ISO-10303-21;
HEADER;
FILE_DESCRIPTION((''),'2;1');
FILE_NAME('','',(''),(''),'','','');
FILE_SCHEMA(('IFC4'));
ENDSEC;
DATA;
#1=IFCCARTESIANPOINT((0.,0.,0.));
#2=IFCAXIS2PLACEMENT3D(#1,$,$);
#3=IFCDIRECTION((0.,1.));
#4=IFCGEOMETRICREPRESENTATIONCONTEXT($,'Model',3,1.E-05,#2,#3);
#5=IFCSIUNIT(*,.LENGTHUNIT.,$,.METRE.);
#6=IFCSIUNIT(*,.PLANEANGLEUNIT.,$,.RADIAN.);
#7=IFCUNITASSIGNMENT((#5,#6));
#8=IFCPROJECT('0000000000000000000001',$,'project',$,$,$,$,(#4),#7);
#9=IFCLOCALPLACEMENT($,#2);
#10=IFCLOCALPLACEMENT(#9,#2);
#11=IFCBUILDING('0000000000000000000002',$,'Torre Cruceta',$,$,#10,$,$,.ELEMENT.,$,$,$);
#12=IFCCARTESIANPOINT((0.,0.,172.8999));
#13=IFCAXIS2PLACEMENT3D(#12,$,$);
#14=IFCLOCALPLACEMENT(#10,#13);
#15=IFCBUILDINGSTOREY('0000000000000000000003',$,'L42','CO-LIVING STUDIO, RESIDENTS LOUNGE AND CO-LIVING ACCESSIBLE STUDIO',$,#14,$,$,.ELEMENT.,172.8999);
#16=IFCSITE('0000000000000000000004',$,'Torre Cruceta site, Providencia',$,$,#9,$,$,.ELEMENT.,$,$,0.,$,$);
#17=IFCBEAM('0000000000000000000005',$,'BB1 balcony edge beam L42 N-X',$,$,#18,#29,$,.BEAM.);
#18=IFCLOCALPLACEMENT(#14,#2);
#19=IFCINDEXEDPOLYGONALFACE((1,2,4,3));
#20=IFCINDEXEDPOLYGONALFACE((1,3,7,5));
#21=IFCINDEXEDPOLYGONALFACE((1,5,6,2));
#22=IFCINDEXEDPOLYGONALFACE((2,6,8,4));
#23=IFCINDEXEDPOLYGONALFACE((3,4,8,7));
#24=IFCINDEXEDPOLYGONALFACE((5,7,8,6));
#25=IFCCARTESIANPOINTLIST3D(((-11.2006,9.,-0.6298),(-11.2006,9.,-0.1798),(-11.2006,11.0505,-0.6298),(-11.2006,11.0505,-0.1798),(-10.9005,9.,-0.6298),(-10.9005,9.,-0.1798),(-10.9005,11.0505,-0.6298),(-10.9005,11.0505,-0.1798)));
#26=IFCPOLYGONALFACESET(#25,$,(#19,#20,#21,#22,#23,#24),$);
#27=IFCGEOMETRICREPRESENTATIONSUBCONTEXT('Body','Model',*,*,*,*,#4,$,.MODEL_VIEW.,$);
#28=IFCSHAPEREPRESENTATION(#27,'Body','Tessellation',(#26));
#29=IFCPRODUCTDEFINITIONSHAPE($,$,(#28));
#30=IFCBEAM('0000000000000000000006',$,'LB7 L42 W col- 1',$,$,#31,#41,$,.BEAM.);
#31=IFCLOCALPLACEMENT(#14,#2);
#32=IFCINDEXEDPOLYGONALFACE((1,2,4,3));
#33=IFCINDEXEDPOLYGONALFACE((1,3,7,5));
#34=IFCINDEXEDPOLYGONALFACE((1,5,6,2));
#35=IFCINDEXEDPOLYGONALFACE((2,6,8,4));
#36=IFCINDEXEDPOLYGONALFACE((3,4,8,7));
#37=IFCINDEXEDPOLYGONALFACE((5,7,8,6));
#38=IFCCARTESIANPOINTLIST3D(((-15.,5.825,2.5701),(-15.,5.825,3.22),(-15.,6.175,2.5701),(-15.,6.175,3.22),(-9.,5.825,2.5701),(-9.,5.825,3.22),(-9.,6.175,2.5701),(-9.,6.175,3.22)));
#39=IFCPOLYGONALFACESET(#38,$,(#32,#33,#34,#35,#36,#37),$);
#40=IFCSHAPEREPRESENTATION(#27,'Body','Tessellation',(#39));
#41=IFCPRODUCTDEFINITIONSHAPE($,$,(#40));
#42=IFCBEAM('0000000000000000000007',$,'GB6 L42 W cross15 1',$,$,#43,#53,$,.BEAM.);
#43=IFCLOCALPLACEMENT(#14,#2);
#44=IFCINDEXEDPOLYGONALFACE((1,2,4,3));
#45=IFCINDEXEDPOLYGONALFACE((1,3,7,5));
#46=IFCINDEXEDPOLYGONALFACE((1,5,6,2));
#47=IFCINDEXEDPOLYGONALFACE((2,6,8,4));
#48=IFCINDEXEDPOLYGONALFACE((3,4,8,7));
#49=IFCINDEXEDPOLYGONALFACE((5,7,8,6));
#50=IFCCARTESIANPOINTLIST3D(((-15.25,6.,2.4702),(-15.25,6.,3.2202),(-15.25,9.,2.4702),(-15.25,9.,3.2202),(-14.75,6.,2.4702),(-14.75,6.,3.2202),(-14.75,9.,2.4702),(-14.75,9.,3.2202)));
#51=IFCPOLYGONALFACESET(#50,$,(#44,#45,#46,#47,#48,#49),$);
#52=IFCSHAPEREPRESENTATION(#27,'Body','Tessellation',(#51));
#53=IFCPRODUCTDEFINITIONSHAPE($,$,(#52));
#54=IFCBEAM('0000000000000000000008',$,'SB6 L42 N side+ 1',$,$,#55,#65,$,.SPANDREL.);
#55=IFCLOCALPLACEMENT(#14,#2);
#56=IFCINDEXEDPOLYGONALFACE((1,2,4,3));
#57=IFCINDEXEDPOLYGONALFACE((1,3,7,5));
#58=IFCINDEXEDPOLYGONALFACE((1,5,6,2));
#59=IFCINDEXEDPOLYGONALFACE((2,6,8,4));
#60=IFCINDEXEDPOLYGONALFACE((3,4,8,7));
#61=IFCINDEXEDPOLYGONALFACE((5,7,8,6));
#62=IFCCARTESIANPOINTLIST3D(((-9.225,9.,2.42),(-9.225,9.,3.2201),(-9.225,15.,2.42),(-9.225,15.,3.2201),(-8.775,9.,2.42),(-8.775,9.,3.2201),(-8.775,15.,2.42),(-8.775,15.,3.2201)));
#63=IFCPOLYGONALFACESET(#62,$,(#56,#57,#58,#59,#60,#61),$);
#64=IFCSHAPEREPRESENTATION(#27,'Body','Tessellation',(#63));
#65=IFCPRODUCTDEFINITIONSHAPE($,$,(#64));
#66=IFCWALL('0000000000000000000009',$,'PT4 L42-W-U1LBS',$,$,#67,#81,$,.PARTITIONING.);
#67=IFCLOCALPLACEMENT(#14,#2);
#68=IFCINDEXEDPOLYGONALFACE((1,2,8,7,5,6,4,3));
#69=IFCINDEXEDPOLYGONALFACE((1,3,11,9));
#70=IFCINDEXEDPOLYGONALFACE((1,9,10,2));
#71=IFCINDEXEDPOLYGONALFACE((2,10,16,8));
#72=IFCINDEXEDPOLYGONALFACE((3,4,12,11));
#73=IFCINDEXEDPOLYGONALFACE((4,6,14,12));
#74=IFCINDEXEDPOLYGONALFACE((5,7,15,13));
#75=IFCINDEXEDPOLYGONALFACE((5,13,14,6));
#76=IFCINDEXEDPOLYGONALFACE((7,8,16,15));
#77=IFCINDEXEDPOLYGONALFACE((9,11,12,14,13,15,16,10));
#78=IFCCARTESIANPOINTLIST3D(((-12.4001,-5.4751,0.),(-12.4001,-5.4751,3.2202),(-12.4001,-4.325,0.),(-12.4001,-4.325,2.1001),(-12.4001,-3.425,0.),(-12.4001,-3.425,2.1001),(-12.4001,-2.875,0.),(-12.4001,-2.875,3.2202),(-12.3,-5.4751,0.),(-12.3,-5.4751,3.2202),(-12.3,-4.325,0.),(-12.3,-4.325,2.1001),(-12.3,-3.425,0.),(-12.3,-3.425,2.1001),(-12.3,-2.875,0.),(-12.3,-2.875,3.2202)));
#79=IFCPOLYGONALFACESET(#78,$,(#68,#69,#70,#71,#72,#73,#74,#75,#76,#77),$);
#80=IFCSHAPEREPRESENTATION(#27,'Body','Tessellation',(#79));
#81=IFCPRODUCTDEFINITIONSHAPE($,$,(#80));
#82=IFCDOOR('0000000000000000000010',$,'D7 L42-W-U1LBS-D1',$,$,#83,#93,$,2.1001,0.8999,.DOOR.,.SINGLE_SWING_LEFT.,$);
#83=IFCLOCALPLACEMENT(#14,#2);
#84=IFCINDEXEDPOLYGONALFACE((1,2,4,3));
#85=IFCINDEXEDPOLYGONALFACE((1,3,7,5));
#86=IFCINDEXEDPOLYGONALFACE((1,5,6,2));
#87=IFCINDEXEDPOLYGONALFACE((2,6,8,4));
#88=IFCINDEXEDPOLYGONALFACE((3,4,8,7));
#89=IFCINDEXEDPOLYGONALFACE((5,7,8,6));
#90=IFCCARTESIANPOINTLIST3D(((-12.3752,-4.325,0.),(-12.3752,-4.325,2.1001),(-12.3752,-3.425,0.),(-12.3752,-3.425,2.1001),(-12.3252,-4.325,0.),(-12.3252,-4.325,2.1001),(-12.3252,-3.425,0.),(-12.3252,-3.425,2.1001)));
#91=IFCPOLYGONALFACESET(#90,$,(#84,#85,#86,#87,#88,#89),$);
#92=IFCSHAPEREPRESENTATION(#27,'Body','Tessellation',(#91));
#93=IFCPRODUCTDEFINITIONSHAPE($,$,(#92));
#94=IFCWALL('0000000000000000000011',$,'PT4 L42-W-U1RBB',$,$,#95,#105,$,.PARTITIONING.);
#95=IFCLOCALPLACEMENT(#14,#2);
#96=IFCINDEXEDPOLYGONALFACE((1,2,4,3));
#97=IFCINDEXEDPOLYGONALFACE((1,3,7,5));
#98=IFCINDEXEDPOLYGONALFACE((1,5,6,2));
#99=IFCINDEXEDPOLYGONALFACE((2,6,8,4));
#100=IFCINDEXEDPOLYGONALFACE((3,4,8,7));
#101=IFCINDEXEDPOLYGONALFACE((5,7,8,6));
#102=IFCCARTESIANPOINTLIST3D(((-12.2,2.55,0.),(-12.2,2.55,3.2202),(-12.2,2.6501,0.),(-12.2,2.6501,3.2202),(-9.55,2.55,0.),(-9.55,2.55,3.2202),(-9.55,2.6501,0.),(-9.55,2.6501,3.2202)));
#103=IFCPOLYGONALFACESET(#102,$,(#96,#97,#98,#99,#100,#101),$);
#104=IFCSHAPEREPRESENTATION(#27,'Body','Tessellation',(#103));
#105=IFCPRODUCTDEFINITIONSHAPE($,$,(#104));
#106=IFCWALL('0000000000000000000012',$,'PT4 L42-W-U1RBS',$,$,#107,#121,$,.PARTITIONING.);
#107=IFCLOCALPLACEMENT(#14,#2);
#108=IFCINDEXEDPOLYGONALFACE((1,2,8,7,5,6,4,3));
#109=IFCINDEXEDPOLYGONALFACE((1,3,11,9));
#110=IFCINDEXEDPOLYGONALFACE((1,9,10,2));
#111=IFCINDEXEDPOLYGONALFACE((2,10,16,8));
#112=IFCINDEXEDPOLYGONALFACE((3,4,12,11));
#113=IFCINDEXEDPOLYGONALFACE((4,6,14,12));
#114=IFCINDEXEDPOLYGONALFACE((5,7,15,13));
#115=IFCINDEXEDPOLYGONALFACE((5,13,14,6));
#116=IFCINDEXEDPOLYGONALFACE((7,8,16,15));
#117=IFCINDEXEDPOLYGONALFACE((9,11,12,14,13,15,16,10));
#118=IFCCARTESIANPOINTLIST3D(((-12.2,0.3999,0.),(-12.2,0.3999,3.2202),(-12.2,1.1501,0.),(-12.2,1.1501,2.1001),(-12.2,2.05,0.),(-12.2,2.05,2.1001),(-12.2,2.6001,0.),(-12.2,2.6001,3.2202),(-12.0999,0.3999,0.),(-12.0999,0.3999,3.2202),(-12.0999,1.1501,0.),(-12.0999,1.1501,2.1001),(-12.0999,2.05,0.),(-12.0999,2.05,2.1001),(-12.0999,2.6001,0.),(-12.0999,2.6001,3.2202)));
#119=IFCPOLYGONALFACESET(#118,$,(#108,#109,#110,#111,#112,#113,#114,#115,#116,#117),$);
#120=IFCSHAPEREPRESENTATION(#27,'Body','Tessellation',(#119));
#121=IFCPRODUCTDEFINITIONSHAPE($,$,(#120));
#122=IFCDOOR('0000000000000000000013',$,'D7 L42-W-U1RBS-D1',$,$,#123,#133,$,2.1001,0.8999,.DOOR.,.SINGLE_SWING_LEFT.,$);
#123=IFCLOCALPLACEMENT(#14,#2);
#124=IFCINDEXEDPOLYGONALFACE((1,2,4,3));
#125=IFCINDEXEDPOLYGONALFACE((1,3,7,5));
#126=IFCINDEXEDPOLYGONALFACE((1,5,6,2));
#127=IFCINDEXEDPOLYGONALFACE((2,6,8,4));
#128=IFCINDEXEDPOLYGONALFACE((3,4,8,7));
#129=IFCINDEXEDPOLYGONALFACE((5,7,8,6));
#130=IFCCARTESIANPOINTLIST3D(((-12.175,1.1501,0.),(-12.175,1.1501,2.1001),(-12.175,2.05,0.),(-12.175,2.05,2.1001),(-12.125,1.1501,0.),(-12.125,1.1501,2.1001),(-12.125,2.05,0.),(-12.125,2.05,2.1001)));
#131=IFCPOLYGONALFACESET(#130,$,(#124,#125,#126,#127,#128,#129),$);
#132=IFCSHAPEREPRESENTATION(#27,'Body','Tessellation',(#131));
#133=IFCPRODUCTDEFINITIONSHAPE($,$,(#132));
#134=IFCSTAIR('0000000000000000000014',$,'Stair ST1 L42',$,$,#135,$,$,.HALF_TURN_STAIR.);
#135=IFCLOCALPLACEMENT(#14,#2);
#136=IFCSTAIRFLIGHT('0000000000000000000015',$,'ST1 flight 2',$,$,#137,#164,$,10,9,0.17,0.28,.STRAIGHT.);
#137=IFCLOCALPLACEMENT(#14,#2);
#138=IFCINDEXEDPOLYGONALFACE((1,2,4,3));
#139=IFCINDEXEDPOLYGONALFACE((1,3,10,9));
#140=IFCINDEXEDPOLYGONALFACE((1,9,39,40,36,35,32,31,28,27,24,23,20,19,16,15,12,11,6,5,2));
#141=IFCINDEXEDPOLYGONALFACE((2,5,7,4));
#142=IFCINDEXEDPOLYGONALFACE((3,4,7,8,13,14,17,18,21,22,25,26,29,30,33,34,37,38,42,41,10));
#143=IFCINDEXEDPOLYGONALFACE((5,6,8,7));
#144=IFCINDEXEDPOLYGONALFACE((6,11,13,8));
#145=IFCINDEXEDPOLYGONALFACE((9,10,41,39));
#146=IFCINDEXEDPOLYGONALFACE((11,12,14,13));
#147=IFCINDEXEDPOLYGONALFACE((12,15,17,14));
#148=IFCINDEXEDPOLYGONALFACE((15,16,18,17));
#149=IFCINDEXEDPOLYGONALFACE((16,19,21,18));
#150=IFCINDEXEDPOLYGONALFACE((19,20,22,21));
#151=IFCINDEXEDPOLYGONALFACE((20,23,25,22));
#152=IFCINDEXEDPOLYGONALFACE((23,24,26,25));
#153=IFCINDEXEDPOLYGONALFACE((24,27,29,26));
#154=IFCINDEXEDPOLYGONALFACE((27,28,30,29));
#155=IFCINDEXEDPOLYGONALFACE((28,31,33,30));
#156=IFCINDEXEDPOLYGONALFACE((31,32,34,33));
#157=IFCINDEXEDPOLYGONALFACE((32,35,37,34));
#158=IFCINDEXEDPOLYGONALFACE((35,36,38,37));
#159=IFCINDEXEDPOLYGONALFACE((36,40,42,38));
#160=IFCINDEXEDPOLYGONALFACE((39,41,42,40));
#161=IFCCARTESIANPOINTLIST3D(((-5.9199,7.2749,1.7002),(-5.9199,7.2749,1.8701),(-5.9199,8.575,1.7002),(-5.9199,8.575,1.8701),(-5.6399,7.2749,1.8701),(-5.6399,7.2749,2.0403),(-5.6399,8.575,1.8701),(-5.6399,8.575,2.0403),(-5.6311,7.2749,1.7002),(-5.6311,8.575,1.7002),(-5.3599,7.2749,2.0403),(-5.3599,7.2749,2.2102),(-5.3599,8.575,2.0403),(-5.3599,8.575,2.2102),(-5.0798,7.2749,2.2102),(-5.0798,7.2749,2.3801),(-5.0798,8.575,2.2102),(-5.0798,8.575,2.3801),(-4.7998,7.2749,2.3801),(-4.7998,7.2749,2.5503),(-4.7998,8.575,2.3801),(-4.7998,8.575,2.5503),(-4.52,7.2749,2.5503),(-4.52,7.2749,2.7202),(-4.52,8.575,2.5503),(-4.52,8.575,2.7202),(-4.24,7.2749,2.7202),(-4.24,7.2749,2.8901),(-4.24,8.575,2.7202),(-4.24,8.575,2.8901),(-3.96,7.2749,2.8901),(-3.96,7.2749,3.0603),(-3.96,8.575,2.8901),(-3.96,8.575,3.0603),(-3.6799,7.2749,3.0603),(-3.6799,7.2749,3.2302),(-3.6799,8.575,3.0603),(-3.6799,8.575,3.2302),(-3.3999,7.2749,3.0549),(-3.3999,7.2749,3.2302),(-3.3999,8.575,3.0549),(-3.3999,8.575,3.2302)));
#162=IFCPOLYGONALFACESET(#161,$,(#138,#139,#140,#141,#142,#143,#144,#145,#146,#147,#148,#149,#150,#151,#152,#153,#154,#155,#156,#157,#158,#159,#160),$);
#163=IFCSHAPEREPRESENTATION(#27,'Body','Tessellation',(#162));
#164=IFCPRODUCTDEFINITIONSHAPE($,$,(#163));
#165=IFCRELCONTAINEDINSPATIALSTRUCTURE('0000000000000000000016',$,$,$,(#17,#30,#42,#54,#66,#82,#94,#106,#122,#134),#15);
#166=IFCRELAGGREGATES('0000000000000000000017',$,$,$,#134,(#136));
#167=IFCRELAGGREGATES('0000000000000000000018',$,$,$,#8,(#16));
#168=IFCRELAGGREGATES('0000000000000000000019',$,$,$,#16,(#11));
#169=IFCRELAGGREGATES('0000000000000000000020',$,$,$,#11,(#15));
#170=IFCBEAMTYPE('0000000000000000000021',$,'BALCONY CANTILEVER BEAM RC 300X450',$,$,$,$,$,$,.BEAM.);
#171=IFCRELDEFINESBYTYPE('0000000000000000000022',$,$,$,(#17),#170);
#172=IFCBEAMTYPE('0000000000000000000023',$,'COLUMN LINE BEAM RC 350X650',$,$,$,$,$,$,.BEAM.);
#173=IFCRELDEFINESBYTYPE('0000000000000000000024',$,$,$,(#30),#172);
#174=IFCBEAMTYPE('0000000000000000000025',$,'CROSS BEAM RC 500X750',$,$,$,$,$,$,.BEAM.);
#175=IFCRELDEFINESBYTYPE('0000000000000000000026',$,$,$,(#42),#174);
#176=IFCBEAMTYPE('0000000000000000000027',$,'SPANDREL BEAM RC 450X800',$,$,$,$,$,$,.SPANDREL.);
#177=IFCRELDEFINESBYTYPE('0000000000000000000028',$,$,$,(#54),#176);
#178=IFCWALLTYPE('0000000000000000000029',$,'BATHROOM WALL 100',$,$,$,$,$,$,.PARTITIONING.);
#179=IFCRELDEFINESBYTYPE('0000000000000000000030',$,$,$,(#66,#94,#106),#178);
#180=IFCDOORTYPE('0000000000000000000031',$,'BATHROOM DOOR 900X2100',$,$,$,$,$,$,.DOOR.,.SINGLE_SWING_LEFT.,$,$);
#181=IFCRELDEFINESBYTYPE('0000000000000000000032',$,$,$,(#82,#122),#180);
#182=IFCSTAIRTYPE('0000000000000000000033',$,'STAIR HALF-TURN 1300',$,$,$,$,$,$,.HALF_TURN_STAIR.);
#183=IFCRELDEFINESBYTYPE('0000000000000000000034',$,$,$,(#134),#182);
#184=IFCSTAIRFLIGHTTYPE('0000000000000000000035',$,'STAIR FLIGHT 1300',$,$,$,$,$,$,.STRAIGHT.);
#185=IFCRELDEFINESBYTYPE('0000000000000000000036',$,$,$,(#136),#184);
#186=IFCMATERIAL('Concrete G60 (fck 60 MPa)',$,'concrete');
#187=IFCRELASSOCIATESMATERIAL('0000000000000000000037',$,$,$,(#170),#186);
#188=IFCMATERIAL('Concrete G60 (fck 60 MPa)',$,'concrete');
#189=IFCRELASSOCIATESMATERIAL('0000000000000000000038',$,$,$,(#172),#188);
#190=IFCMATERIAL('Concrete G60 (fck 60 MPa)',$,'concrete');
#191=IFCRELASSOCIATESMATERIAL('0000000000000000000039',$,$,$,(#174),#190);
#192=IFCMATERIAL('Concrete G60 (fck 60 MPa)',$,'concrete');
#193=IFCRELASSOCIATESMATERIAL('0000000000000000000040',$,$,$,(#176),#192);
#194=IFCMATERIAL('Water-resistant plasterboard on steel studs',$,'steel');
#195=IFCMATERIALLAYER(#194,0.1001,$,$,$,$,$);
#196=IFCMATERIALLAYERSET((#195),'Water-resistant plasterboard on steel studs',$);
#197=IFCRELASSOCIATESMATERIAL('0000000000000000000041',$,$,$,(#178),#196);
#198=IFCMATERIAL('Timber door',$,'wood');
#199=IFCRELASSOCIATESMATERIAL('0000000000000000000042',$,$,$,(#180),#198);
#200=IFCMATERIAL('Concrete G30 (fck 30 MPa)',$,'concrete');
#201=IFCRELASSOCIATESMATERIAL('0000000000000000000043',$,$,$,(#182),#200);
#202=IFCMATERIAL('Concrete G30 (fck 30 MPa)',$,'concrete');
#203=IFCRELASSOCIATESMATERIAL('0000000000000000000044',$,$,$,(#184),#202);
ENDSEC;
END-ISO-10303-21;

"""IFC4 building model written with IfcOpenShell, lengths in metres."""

from ifc_helpers import new_model, si_unit, direction, frame, frame_2d, origin, origin_2d, place, context, subcontext, project, spatial, polyline, rectangle, outline, extrude, material, layer, layer_set, material_profile, profile_set, type_object, element, fill, aggregate, save


model = new_model("IFC4")

# Units and contexts
model_context = context("Model", 3, precision=1e-05, world=origin(), true_north=direction((0.0, 1.0)))
body_context = subcontext(model_context, "Body", "Model", "MODEL_VIEW")
ifc_project = project(units=[si_unit("LENGTHUNIT", "METRE"), si_unit("PLANEANGLEUNIT", "RADIAN")], contexts=[model_context])

# Site, building, storey
site_placement = place(None, origin())
site = spatial("IfcSite", under=ifc_project, at=site_placement, Name="Torre Cruceta site, Providencia", CompositionType="ELEMENT", RefElevation=0.0)
building_placement = place(site_placement, origin())
building = spatial("IfcBuilding", under=site, at=building_placement, Name="Torre Cruceta", CompositionType="ELEMENT")
storey_placement = place(building_placement, frame((0.0, 0.0, 172.8999)))
storey = spatial("IfcBuildingStorey", under=building, at=storey_placement, Name="L42", Description="CO-LIVING STUDIO, RESIDENTS LOUNGE AND CO-LIVING ACCESSIBLE STUDIO", CompositionType="ELEMENT", Elevation=172.8999)

# Beams
ifc_material_1 = material(Name="Concrete G60 (fck 60 MPa)", Category="concrete")
ifc_material_profile_1 = material_profile(ifc_material_1, rectangle(XDim=0.3, YDim=0.45, at=origin_2d()), Name="RC 300X450")
ifc_profile_set_1 = profile_set([ifc_material_profile_1], Name="Concrete G60 (fck 60 MPa)")
beam_type_1 = type_object("IfcBeamType", Name="BALCONY CANTILEVER BEAM RC 300X450", PredefinedType="BEAM", material=ifc_profile_set_1)
beam_1_placement = place(storey_placement, frame((-11.0505, 9.0, -0.4048), z_axis=(0.0, 1.0, 0.0), x_axis=(-1.0, 0.0, 0.0)))
element("IfcBeam", 1, at=beam_1_placement, inside=storey, type_object=beam_type_1, Name="BB1 balcony edge beam L42 N-X", PredefinedType="BEAM", context=body_context, shape_type="SweptSolid", body=[
    extrude(rectangle(XDim=0.3, YDim=0.45, at=origin_2d()), origin(), (0.0, 0.0, 1.0), 2.0505),
])
ifc_material_2 = material(Name="Concrete G60 (fck 60 MPa)", Category="concrete")
ifc_material_profile_2 = material_profile(ifc_material_2, rectangle(XDim=0.3501, YDim=0.6499, at=origin_2d()), Name="RC 350X650")
ifc_profile_set_2 = profile_set([ifc_material_profile_2], Name="Concrete G60 (fck 60 MPa)")
beam_type_2 = type_object("IfcBeamType", Name="COLUMN LINE BEAM RC 350X650", PredefinedType="BEAM", material=ifc_profile_set_2)
beam_2_placement = place(storey_placement, frame((-9.0, 6.0, 2.895), z_axis=(-1.0, 0.0, 0.0), x_axis=(0.0, -1.0, 0.0)))
element("IfcBeam", 2, at=beam_2_placement, inside=storey, type_object=beam_type_2, Name="LB7 L42 W col- 1", PredefinedType="BEAM", context=body_context, shape_type="SweptSolid", body=[
    extrude(rectangle(XDim=0.3501, YDim=0.6499, at=origin_2d()), origin(), (0.0, 0.0, 1.0), 6.0),
])
ifc_material_3 = material(Name="Concrete G60 (fck 60 MPa)", Category="concrete")
ifc_material_profile_3 = material_profile(ifc_material_3, rectangle(XDim=0.5, YDim=0.75, at=origin_2d()), Name="RC 500X750")
ifc_profile_set_3 = profile_set([ifc_material_profile_3], Name="Concrete G60 (fck 60 MPa)")
beam_type_3 = type_object("IfcBeamType", Name="CROSS BEAM RC 500X750", PredefinedType="BEAM", material=ifc_profile_set_3)
beam_3_placement = place(storey_placement, frame((-15.0, 9.0, 2.8452), z_axis=(0.0, -1.0, 0.0), x_axis=(1.0, 0.0, 0.0)))
element("IfcBeam", 3, at=beam_3_placement, inside=storey, type_object=beam_type_3, Name="GB6 L42 W cross15 1", PredefinedType="BEAM", context=body_context, shape_type="SweptSolid", body=[
    extrude(rectangle(XDim=0.5, YDim=0.75, at=origin_2d()), origin(), (0.0, 0.0, 1.0), 3.0),
])
ifc_material_4 = material(Name="Concrete G60 (fck 60 MPa)", Category="concrete")
ifc_material_profile_4 = material_profile(ifc_material_4, rectangle(XDim=0.45, YDim=0.8, at=origin_2d()), Name="RC 450X800")
ifc_profile_set_4 = profile_set([ifc_material_profile_4], Name="Concrete G60 (fck 60 MPa)")
beam_type_4 = type_object("IfcBeamType", Name="SPANDREL BEAM RC 450X800", PredefinedType="SPANDREL", material=ifc_profile_set_4)
beam_4_placement = place(storey_placement, frame((-9.0, 9.0, 2.8201), z_axis=(0.0, 1.0, 0.0), x_axis=(-1.0, 0.0, 0.0)))
element("IfcBeam", 4, at=beam_4_placement, inside=storey, type_object=beam_type_4, Name="SB6 L42 N side+ 1", PredefinedType="SPANDREL", context=body_context, shape_type="SweptSolid", body=[
    extrude(rectangle(XDim=0.45, YDim=0.8, at=origin_2d()), origin(), (0.0, 0.0, 1.0), 6.0),
])

# Wall, opening, door
ifc_material_5 = material(Name="Water-resistant plasterboard on steel studs", Category="steel")
ifc_layer_1 = layer(ifc_material_5, 0.1001)
ifc_layer_set_1 = layer_set([ifc_layer_1], Name="Water-resistant plasterboard on steel studs")
wall_type_1 = type_object("IfcWallType", Name="BATHROOM WALL 100", PredefinedType="PARTITIONING", material=ifc_layer_set_1)
wall_1_placement = place(storey_placement, frame((-12.3501, -2.875, 0.0), z_axis=(0.0, 0.0, 1.0), x_axis=(0.0, -1.0, 0.0)))
wall_1 = element("IfcWall", 5, at=wall_1_placement, inside=storey, type_object=wall_type_1, Name="PT4 L42-W-U1LBS", PredefinedType="PARTITIONING", context=body_context, shape_type="SweptSolid", body=[
    extrude(rectangle(XDim=2.6001, YDim=0.1001, at=frame_2d((1.3, 0.0))), origin(), (0.0, 0.0, 1.0), 3.2202),
])
opening_1_placement = place(wall_1_placement, frame((0.55, 0.0, 0.0)))
opening_1 = element("IfcOpeningElement", 6, at=opening_1_placement, cuts=wall_1, PredefinedType="OPENING", context=body_context, shape_type="SweptSolid", body=[
    extrude(rectangle(XDim=0.8999, YDim=2.1001, at=frame_2d((0.45, 1.05))), frame((0.0, 0.0601, 0.0), z_axis=(0.0, -1.0, 0.0), x_axis=(1.0, 0.0, 0.0)), (0.0, 0.0, 1.0), 0.1201),
])
ifc_material_6 = material(Name="Timber door", Category="wood")
door_type_1 = type_object("IfcDoorType", Name="BATHROOM DOOR 900X2100", OperationType="SINGLE_SWING_LEFT", PredefinedType="DOOR", material=ifc_material_6)
door_1_placement = place(opening_1_placement, origin())
door_1 = element("IfcDoor", 7, at=door_1_placement, inside=storey, type_object=door_type_1, Name="D7 L42-W-U1LBS-D1", OperationType="SINGLE_SWING_LEFT", OverallHeight=2.1001, OverallWidth=0.8999, PredefinedType="DOOR", context=body_context, shape_type="SweptSolid", body=[
    extrude(rectangle(XDim=0.8999, YDim=2.1001, at=frame_2d((0.45, 1.05))), frame((0.0, 0.0249, 0.0), z_axis=(0.0, -1.0, 0.0), x_axis=(1.0, 0.0, 0.0)), (0.0, 0.0, 1.0), 0.05),
])
fill(opening_1, door_1)

# Wall
wall_2_placement = place(storey_placement, frame((-9.55, 2.6001, 0.0), z_axis=(0.0, 0.0, 1.0), x_axis=(-1.0, 0.0, 0.0)))
element("IfcWall", 8, at=wall_2_placement, inside=storey, type_object=wall_type_1, Name="PT4 L42-W-U1RBB", PredefinedType="PARTITIONING", context=body_context, shape_type="SweptSolid", body=[
    extrude(rectangle(XDim=2.6499, YDim=0.1001, at=frame_2d((1.325, 0.0))), origin(), (0.0, 0.0, 1.0), 3.2202),
])

# Wall, opening, door
wall_3_placement = place(storey_placement, frame((-12.1499, 2.6001, 0.0), z_axis=(0.0, 0.0, 1.0), x_axis=(0.0, -1.0, 0.0)))
wall_3 = element("IfcWall", 9, at=wall_3_placement, inside=storey, type_object=wall_type_1, Name="PT4 L42-W-U1RBS", PredefinedType="PARTITIONING", context=body_context, shape_type="SweptSolid", body=[
    extrude(rectangle(XDim=2.2002, YDim=0.1001, at=frame_2d((1.1001, 0.0))), origin(), (0.0, 0.0, 1.0), 3.2202),
])
opening_2_placement = place(wall_3_placement, frame((0.55, 0.0, 0.0)))
opening_2 = element("IfcOpeningElement", 10, at=opening_2_placement, cuts=wall_3, PredefinedType="OPENING", context=body_context, shape_type="SweptSolid", body=[
    extrude(rectangle(XDim=0.8999, YDim=2.1001, at=frame_2d((0.45, 1.05))), frame((0.0, 0.0601, 0.0), z_axis=(0.0, -1.0, 0.0), x_axis=(1.0, 0.0, 0.0)), (0.0, 0.0, 1.0), 0.1201),
])
door_2_placement = place(opening_2_placement, origin())
door_2 = element("IfcDoor", 11, at=door_2_placement, inside=storey, type_object=door_type_1, Name="D7 L42-W-U1RBS-D1", OperationType="SINGLE_SWING_LEFT", OverallHeight=2.1001, OverallWidth=0.8999, PredefinedType="DOOR", context=body_context, shape_type="SweptSolid", body=[
    extrude(rectangle(XDim=0.8999, YDim=2.1001, at=frame_2d((0.45, 1.05))), frame((0.0, 0.0249, 0.0), z_axis=(0.0, -1.0, 0.0), x_axis=(1.0, 0.0, 0.0)), (0.0, 0.0, 1.0), 0.05),
])
fill(opening_2, door_2)

# Stair, stair flight
ifc_material_7 = material(Name="Concrete G30 (fck 30 MPa)", Category="concrete")
stair_type = type_object("IfcStairType", Name="STAIR HALF-TURN 1300", PredefinedType="HALF_TURN_STAIR", material=ifc_material_7)
stair_placement = place(storey_placement, origin())
stair = element("IfcStair", 12, at=stair_placement, inside=storey, type_object=stair_type, Name="Stair ST1 L42", PredefinedType="HALF_TURN_STAIR")
ifc_material_8 = material(Name="Concrete G30 (fck 30 MPa)", Category="concrete")
stair_flight_type = type_object("IfcStairFlightType", Name="STAIR FLIGHT 1300", PredefinedType="STRAIGHT", material=ifc_material_8)
stair_flight_placement = place(storey_placement, frame((-5.9199, 7.925, 1.7002), z_axis=(0.0, 0.0, 1.0), x_axis=(1.0, 0.0, 0.0)))
stair_flight = element("IfcStairFlight", 13, at=stair_flight_placement, type_object=stair_flight_type, Name="ST1 flight 2", NumberOfRisers=10, NumberOfTreads=9, PredefinedType="STRAIGHT", RiserHeight=0.17, TreadLength=0.28, context=body_context, shape_type="SweptSolid", body=[
    extrude(outline(polyline([(0.0, 0.0), (0.0, 0.1699), (0.28, 0.1699), (0.28, 0.3401), (0.5601, 0.3401), (0.5601, 0.51), (0.8401, 0.51), (0.8401, 0.6799), (1.1201, 0.6799), (1.1201, 0.8501), (1.3999, 0.8501), (1.3999, 1.02), (1.6799, 1.02), (1.6799, 1.1899), (1.96, 1.1899), (1.96, 1.3601), (2.24, 1.3601), (2.24, 1.53), (2.52, 1.53), (2.52, 1.7), (2.52, 1.3547), (0.2888, 0.0), (0.0, 0.0)])), frame((0.0, 0.6499, 0.0), z_axis=(0.0, -1.0, 0.0), x_axis=(1.0, 0.0, 0.0)), (0.0, 0.0, 1.0), 1.3),
])
aggregate(stair, [stair_flight])

save(model, "model.ifc")
